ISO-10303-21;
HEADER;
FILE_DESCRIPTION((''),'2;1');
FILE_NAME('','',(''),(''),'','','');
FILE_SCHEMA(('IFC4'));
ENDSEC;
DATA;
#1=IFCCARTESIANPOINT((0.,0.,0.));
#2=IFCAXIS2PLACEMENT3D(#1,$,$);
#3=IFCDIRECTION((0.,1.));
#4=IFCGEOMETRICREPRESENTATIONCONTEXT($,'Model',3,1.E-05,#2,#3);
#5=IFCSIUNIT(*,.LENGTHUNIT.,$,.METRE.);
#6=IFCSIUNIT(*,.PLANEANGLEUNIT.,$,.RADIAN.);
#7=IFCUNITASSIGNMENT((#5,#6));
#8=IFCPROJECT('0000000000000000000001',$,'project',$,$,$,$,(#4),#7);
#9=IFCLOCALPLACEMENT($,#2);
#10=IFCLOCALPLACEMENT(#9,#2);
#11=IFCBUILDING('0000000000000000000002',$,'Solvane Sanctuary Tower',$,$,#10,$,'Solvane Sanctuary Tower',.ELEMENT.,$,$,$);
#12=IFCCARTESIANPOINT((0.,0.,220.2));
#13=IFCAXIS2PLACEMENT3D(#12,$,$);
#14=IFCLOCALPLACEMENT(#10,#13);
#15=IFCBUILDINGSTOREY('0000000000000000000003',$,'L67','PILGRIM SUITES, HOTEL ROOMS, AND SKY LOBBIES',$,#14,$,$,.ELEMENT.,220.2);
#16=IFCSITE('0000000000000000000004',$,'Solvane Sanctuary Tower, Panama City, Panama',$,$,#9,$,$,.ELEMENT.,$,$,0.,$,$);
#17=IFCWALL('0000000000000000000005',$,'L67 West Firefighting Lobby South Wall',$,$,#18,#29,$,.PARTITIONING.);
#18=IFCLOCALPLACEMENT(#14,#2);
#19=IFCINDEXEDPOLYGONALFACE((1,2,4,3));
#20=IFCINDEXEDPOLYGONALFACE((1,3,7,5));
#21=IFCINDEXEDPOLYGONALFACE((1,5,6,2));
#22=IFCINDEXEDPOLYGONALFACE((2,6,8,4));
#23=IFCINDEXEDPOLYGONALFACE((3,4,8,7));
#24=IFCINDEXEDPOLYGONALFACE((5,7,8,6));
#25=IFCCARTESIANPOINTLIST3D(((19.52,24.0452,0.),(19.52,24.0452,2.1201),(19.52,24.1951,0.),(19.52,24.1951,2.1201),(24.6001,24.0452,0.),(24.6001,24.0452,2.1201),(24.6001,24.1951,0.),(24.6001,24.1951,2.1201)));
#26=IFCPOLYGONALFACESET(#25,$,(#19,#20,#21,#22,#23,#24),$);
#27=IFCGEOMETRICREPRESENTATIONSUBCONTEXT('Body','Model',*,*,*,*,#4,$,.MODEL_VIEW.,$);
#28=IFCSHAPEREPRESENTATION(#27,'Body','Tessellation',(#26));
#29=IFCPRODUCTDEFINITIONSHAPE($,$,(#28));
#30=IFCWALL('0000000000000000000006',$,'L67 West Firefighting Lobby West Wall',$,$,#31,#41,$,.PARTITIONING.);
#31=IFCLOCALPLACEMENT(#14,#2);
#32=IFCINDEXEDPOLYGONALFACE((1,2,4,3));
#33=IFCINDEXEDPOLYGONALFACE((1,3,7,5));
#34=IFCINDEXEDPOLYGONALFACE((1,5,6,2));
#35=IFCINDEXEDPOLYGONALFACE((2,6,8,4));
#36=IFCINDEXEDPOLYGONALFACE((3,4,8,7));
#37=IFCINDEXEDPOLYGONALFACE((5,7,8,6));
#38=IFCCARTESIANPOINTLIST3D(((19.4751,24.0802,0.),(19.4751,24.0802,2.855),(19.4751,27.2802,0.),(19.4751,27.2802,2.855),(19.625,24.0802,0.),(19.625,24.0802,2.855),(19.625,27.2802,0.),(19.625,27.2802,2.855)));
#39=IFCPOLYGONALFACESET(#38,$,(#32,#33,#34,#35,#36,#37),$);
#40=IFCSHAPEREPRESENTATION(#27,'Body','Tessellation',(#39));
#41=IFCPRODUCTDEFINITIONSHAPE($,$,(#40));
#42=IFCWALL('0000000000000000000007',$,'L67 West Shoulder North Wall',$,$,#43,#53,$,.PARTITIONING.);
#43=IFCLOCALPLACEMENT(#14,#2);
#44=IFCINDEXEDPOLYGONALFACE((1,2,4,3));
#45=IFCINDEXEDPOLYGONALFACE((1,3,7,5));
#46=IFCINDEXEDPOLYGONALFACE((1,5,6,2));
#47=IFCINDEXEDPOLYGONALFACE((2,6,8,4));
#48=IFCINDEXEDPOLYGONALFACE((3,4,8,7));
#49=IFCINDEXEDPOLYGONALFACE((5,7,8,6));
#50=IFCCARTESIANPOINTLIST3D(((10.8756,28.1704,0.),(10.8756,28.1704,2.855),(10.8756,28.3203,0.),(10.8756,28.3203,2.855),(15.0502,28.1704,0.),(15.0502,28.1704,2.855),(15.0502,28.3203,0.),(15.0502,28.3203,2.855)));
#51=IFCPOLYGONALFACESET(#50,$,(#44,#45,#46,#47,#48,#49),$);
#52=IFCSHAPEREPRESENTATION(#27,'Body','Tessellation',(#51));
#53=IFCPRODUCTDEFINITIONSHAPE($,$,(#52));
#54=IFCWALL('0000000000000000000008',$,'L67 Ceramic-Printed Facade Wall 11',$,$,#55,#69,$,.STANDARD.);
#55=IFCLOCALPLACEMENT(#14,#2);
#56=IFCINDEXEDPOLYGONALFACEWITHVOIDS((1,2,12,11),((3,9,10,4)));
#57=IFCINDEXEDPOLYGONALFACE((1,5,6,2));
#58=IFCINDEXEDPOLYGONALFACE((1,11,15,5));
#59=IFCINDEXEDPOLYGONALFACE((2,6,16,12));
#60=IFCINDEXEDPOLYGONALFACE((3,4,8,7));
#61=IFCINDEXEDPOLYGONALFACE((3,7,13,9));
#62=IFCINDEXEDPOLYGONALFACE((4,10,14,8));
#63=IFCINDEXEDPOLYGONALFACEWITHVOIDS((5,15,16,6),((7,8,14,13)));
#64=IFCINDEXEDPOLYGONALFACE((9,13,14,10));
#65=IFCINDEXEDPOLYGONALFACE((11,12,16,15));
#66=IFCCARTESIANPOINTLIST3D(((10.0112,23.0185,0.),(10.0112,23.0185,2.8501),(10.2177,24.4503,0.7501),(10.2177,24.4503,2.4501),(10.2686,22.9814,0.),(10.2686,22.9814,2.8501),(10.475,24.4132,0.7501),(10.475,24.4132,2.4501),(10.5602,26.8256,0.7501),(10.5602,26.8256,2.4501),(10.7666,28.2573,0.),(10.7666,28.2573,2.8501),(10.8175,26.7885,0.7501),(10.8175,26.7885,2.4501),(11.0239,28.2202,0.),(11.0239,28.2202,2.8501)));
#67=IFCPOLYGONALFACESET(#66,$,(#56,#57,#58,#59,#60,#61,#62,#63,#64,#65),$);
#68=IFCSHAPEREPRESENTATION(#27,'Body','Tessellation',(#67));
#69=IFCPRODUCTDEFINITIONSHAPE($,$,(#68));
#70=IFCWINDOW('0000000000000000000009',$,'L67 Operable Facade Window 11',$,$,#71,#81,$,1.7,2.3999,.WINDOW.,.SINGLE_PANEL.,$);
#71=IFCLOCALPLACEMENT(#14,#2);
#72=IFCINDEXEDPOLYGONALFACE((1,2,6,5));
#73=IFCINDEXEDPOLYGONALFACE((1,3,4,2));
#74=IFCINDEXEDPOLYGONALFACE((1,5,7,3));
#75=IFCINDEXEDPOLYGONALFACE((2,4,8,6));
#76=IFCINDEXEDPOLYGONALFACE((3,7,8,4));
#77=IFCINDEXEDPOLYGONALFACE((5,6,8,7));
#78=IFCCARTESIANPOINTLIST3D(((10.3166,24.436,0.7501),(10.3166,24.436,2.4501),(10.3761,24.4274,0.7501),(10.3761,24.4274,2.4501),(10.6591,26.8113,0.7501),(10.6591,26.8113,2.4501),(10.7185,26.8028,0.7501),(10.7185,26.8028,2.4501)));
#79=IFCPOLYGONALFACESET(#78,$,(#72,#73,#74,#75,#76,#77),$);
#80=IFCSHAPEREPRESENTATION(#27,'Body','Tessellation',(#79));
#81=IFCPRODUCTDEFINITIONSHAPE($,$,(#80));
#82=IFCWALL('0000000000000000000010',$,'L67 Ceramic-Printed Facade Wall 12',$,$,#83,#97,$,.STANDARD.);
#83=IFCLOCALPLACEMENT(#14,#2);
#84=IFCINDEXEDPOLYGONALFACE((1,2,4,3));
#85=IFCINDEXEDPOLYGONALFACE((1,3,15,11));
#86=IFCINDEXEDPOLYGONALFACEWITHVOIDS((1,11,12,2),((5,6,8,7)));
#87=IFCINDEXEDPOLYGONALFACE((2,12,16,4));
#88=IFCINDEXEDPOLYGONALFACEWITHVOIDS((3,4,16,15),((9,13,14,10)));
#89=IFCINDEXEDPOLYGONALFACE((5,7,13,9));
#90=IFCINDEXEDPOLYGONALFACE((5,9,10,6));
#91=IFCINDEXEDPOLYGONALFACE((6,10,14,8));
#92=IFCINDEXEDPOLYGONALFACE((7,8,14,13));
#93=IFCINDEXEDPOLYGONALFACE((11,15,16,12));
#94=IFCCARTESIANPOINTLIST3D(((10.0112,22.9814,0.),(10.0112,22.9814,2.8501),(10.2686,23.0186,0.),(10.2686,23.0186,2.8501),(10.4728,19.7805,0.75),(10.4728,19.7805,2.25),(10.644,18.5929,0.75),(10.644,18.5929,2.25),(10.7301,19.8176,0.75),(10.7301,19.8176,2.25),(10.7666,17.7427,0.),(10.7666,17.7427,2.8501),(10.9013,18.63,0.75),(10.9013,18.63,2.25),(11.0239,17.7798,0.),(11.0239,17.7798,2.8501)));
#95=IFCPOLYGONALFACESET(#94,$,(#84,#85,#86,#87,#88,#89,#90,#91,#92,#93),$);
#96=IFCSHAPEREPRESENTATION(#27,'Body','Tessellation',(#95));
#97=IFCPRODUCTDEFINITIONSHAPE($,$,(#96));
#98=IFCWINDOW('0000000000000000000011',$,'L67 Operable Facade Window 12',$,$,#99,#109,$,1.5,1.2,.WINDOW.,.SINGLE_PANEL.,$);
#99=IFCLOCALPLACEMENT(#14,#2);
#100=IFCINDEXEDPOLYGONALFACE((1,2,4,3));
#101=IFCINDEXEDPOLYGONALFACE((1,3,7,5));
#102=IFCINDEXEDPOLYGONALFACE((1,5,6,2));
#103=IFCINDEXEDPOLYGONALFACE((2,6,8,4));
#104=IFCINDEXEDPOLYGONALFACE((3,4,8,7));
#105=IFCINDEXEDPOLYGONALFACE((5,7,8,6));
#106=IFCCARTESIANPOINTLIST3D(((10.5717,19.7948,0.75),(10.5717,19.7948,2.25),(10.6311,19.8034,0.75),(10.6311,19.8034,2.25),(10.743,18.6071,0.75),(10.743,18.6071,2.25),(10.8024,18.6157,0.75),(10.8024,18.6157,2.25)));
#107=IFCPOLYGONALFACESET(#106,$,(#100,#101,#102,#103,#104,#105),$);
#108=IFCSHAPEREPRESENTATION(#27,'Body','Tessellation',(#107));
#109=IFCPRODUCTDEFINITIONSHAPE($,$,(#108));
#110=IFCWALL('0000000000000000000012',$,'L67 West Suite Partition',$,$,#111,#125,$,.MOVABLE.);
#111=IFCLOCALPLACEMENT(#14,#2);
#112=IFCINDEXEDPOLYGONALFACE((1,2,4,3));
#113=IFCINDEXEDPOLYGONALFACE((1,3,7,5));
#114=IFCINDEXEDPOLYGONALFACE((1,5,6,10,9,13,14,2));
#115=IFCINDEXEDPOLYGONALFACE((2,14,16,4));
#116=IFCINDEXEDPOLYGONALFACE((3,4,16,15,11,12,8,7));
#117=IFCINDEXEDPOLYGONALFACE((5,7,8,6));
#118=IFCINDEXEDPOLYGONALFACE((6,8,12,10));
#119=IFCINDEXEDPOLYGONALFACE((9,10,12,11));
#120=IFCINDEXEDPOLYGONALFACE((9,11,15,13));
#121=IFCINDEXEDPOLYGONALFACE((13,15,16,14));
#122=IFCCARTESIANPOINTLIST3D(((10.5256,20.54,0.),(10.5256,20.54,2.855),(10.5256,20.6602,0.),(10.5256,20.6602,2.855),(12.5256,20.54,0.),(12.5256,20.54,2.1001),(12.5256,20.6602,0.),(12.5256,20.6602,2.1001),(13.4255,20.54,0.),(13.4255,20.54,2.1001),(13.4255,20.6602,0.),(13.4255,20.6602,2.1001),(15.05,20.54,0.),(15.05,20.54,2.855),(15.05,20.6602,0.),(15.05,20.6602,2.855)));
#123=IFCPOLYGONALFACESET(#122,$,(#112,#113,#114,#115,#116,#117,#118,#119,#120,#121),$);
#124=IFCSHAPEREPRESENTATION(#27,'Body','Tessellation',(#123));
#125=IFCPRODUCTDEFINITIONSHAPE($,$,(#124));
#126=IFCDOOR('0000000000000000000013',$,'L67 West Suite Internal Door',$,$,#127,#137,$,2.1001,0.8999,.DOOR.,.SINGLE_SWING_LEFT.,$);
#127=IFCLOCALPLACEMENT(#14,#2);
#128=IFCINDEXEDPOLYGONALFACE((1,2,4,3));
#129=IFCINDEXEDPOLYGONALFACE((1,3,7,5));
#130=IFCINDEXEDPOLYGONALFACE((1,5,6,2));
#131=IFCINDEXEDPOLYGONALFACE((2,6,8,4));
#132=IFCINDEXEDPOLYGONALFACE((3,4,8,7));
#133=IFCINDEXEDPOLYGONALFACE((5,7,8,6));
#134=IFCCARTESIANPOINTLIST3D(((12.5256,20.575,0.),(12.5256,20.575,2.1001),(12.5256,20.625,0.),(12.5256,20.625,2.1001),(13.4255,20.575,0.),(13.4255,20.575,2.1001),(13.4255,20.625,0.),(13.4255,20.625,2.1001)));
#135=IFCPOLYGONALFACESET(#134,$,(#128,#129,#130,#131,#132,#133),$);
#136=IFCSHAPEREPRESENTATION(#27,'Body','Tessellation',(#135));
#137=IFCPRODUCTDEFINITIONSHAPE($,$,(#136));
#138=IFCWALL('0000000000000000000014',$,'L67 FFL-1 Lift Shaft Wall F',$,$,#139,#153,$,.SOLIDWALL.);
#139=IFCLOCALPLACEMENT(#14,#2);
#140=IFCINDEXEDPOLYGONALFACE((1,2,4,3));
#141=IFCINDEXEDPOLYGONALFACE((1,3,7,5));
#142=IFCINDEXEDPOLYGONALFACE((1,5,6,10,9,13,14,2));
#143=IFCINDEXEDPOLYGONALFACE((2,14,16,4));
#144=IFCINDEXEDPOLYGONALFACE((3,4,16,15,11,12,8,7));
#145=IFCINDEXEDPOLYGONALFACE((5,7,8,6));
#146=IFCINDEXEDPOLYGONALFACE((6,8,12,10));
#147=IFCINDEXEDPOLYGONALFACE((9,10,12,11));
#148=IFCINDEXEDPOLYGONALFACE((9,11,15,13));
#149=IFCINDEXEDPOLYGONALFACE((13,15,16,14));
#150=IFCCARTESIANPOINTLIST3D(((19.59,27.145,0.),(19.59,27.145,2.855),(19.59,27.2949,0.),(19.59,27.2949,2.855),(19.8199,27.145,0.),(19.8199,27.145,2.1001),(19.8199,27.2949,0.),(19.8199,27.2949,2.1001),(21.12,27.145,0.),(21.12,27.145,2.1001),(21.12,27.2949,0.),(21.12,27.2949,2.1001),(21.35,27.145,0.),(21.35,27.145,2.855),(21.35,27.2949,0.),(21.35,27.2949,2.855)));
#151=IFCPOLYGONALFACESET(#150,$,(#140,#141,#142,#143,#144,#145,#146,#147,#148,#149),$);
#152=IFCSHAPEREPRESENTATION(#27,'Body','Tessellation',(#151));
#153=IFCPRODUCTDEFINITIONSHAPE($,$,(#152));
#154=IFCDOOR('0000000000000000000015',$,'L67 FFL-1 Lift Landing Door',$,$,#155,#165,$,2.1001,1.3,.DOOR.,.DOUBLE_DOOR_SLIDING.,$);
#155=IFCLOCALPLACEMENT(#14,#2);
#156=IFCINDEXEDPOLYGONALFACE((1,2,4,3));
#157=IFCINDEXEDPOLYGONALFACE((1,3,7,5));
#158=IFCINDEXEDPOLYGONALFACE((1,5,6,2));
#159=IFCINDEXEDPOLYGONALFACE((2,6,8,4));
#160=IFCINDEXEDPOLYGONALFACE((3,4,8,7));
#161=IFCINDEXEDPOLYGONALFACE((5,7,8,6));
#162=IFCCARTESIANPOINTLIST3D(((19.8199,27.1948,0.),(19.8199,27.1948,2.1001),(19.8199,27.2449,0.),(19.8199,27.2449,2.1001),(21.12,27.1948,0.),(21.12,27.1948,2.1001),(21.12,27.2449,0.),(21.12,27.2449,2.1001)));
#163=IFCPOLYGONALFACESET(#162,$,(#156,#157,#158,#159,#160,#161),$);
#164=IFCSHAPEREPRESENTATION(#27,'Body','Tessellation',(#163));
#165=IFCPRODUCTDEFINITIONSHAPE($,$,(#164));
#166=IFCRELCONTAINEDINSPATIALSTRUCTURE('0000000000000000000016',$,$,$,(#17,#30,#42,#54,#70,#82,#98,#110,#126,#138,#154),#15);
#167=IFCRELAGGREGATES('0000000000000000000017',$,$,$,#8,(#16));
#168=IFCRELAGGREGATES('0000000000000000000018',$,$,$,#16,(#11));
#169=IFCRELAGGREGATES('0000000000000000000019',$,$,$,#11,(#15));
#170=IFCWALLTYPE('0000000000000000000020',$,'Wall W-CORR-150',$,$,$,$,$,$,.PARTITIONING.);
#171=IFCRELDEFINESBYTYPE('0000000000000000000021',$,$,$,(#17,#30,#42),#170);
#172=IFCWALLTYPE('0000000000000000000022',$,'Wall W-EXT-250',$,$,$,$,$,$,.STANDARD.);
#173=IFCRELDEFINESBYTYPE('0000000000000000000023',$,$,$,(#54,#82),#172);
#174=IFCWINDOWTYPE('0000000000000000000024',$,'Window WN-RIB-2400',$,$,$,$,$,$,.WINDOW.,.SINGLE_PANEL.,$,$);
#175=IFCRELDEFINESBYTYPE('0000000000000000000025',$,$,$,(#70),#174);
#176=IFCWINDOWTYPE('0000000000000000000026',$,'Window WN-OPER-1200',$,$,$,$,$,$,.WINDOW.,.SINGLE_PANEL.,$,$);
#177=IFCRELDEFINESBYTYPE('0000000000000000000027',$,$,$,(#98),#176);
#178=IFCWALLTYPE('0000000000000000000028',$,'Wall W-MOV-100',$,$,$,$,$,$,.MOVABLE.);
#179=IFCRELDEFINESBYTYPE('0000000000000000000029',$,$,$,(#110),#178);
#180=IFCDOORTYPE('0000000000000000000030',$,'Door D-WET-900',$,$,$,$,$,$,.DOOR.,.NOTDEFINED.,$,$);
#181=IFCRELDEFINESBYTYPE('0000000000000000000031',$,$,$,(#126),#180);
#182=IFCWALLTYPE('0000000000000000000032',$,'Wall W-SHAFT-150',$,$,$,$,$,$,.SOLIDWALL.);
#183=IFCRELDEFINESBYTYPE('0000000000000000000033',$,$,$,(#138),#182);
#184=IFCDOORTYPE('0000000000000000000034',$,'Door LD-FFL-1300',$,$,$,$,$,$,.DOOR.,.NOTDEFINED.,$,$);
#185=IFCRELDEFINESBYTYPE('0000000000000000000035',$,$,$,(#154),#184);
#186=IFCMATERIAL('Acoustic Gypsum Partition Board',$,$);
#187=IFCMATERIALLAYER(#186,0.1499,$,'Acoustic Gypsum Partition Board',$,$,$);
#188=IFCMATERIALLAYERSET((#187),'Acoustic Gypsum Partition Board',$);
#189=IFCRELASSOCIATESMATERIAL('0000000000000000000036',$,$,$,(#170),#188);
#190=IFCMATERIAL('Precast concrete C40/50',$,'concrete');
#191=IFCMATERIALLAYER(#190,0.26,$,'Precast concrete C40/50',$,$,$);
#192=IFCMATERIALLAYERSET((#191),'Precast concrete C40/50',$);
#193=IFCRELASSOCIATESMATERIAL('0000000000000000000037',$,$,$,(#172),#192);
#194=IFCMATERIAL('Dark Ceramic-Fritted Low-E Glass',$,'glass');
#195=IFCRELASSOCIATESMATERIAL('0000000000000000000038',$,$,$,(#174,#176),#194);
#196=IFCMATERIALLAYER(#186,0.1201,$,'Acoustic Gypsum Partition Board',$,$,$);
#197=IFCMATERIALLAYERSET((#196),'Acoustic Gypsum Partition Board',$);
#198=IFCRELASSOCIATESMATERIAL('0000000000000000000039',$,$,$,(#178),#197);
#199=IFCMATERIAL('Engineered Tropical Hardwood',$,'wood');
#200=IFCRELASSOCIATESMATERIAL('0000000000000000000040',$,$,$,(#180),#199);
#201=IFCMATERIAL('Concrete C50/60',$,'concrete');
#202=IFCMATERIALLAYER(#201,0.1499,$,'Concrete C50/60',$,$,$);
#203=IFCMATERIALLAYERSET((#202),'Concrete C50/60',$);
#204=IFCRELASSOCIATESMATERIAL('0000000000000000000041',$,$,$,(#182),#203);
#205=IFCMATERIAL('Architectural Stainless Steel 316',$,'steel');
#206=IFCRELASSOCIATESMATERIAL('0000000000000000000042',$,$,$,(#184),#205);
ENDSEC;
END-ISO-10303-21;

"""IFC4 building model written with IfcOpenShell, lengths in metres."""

from ifc_helpers import new_model, si_unit, direction, frame, frame_2d, origin, place, context, subcontext, project, spatial, rectangle, extrude, material, layer, layer_set, type_object, element, fill, save


model = new_model("IFC4")

# Units and contexts
model_context = context("Model", 3, precision=1e-05, world=origin(), true_north=direction((0.0, 1.0)))
body_context = subcontext(model_context, "Body", "Model", "MODEL_VIEW")
ifc_project = project(units=[si_unit("LENGTHUNIT", "METRE"), si_unit("PLANEANGLEUNIT", "RADIAN")], contexts=[model_context])

# Site, building, storey
site_placement = place(None, origin())
site = spatial("IfcSite", under=ifc_project, at=site_placement, Name="Solvane Sanctuary Tower, Panama City, Panama", CompositionType="ELEMENT", RefElevation=0.0)
building_placement = place(site_placement, origin())
building = spatial("IfcBuilding", under=site, at=building_placement, Name="Solvane Sanctuary Tower", LongName="Solvane Sanctuary Tower", CompositionType="ELEMENT")
storey_placement = place(building_placement, frame((0.0, 0.0, 220.2)))
storey = spatial("IfcBuildingStorey", under=building, at=storey_placement, Name="L67", Description="PILGRIM SUITES, HOTEL ROOMS, AND SKY LOBBIES", CompositionType="ELEMENT", Elevation=220.2)

# Walls
ifc_material_1 = material(Name="Acoustic Gypsum Partition Board")
ifc_layer_1 = layer(ifc_material_1, 0.1499, Name="Acoustic Gypsum Partition Board")
ifc_layer_set_1 = layer_set([ifc_layer_1], Name="Acoustic Gypsum Partition Board")
wall_type_1 = type_object("IfcWallType", Name="Wall W-CORR-150", PredefinedType="PARTITIONING", material=ifc_layer_set_1)
wall_1_placement = place(storey_placement, frame((19.52, 24.1201, 0.0), z_axis=(0.0, 0.0, 1.0), x_axis=(1.0, 0.0, 0.0)))
element("IfcWall", 1, at=wall_1_placement, inside=storey, type_object=wall_type_1, Name="L67 West Firefighting Lobby South Wall", PredefinedType="PARTITIONING", context=body_context, shape_type="SweptSolid", body=[
    extrude(rectangle(XDim=5.0801, YDim=0.1499, at=frame_2d((2.54, 0.0))), origin(), (0.0, 0.0, 1.0), 2.1201),
])
wall_2_placement = place(storey_placement, frame((19.55, 24.0801, 0.0), z_axis=(0.0, 0.0, 1.0), x_axis=(0.0, 1.0, 0.0)))
element("IfcWall", 2, at=wall_2_placement, inside=storey, type_object=wall_type_1, Name="L67 West Firefighting Lobby West Wall", PredefinedType="PARTITIONING", context=body_context, shape_type="SweptSolid", body=[
    extrude(rectangle(XDim=3.2, YDim=0.1499, at=frame_2d((1.6001, 0.0))), origin(), (0.0, 0.0, 1.0), 2.855),
])
wall_3_placement = place(storey_placement, frame((10.8755, 28.2454, 0.0), z_axis=(0.0, 0.0, 1.0), x_axis=(1.0, 0.0, 0.0)))
element("IfcWall", 3, at=wall_3_placement, inside=storey, type_object=wall_type_1, Name="L67 West Shoulder North Wall", PredefinedType="PARTITIONING", context=body_context, shape_type="SweptSolid", body=[
    extrude(rectangle(XDim=4.1746, YDim=0.1499, at=frame_2d((2.0874, 0.0))), origin(), (0.0, 0.0, 1.0), 2.855),
])

# Walls, openings, windows
ifc_material_2 = material(Name="Precast concrete C40/50", Category="concrete")
ifc_layer_2 = layer(ifc_material_2, 0.26, Name="Precast concrete C40/50")
ifc_layer_set_2 = layer_set([ifc_layer_2], Name="Precast concrete C40/50")
wall_type_2 = type_object("IfcWallType", Name="Wall W-EXT-250", PredefinedType="STANDARD", material=ifc_layer_set_2)
wall_4_placement = place(storey_placement, frame((10.8953, 28.2388, 0.0), z_axis=(0.0, 0.0, 1.0), x_axis=(-0.142713, -0.989764, 0.0)))
wall_4 = element("IfcWall", 4, at=wall_4_placement, inside=storey, type_object=wall_type_2, Name="L67 Ceramic-Printed Facade Wall 11", PredefinedType="STANDARD", context=body_context, shape_type="SweptSolid", body=[
    extrude(rectangle(XDim=5.293, YDim=0.26, at=frame_2d((2.6465, 0.0))), origin(), (0.0, 0.0, 1.0), 2.8501),
])
opening_1_placement = place(wall_4_placement, frame((1.4465, 0.0, 0.75)))
opening_1 = element("IfcOpeningElement", 5, at=opening_1_placement, cuts=wall_4, PredefinedType="OPENING", context=body_context, shape_type="SweptSolid", body=[
    extrude(rectangle(XDim=2.3999, YDim=1.7, at=frame_2d((1.2, 0.8501))), frame((0.0, 0.1399, 0.0), z_axis=(0.0, -1.0, 0.0), x_axis=(1.0, 0.0, 0.0)), (0.0, 0.0, 1.0), 0.28),
])
ifc_material_3 = material(Name="Dark Ceramic-Fritted Low-E Glass", Category="glass")
window_type_1 = type_object("IfcWindowType", Name="Window WN-RIB-2400", PartitioningType="SINGLE_PANEL", PredefinedType="WINDOW", material=ifc_material_3)
window_1_placement = place(opening_1_placement, origin())
window_1 = element("IfcWindow", 6, at=window_1_placement, inside=storey, type_object=window_type_1, Name="L67 Operable Facade Window 11", OverallHeight=1.7, OverallWidth=2.3999, PartitioningType="SINGLE_PANEL", PredefinedType="WINDOW", context=body_context, shape_type="SweptSolid", body=[
    extrude(rectangle(XDim=2.3999, YDim=1.7, at=frame_2d((1.2, 0.8501))), frame((0.0, 0.03, 0.0), z_axis=(0.0, -1.0, 0.0), x_axis=(1.0, 0.0, 0.0)), (0.0, 0.0, 1.0), 0.0601),
])
fill(opening_1, window_1)
wall_5_placement = place(storey_placement, frame((10.1399, 23.0, 0.0), z_axis=(0.0, 0.0, 1.0), x_axis=(0.142713, -0.989764, 0.0)))
wall_5 = element("IfcWall", 7, at=wall_5_placement, inside=storey, type_object=wall_type_2, Name="L67 Ceramic-Printed Facade Wall 12", PredefinedType="STANDARD", context=body_context, shape_type="SweptSolid", body=[
    extrude(rectangle(XDim=5.293, YDim=0.26, at=frame_2d((2.6465, 0.0))), origin(), (0.0, 0.0, 1.0), 2.8501),
])
opening_2_placement = place(wall_5_placement, frame((3.2339, 0.0, 0.75)))
opening_2 = element("IfcOpeningElement", 8, at=opening_2_placement, cuts=wall_5, PredefinedType="OPENING", context=body_context, shape_type="SweptSolid", body=[
    extrude(rectangle(XDim=1.2, YDim=1.5, at=frame_2d((0.6001, 0.75))), frame((0.0, 0.1399, 0.0), z_axis=(0.0, -1.0, 0.0), x_axis=(1.0, 0.0, 0.0)), (0.0, 0.0, 1.0), 0.28),
])
window_type_2 = type_object("IfcWindowType", Name="Window WN-OPER-1200", PartitioningType="SINGLE_PANEL", PredefinedType="WINDOW", material=ifc_material_3)
window_2_placement = place(opening_2_placement, origin())
window_2 = element("IfcWindow", 9, at=window_2_placement, inside=storey, type_object=window_type_2, Name="L67 Operable Facade Window 12", OverallHeight=1.5, OverallWidth=1.2, PartitioningType="SINGLE_PANEL", PredefinedType="WINDOW", context=body_context, shape_type="SweptSolid", body=[
    extrude(rectangle(XDim=1.2, YDim=1.5, at=frame_2d((0.6001, 0.75))), frame((0.0, 0.03, 0.0), z_axis=(0.0, -1.0, 0.0), x_axis=(1.0, 0.0, 0.0)), (0.0, 0.0, 1.0), 0.0601),
])
fill(opening_2, window_2)

# Walls, openings, doors
ifc_layer_3 = layer(ifc_material_1, 0.1201, Name="Acoustic Gypsum Partition Board")
ifc_layer_set_3 = layer_set([ifc_layer_3], Name="Acoustic Gypsum Partition Board")
wall_type_3 = type_object("IfcWallType", Name="Wall W-MOV-100", PredefinedType="MOVABLE", material=ifc_layer_set_3)
wall_6_placement = place(storey_placement, frame((10.5256, 20.6001, 0.0), z_axis=(0.0, 0.0, 1.0), x_axis=(1.0, 0.0, 0.0)))
wall_6 = element("IfcWall", 10, at=wall_6_placement, inside=storey, type_object=wall_type_3, Name="L67 West Suite Partition", PredefinedType="MOVABLE", context=body_context, shape_type="SweptSolid", body=[
    extrude(rectangle(XDim=4.5244, YDim=0.1201, at=frame_2d((2.2622, 0.0))), origin(), (0.0, 0.0, 1.0), 2.855),
])
opening_3_placement = place(wall_6_placement, frame((2.0, 0.0, 0.0)))
opening_3 = element("IfcOpeningElement", 11, at=opening_3_placement, cuts=wall_6, PredefinedType="OPENING", context=body_context, shape_type="SweptSolid", body=[
    extrude(rectangle(XDim=0.8999, YDim=2.1001, at=frame_2d((0.45, 1.05))), frame((0.0, 0.0701, 0.0), z_axis=(0.0, -1.0, 0.0), x_axis=(1.0, 0.0, 0.0)), (0.0, 0.0, 1.0), 0.1401),
])
ifc_material_4 = material(Name="Engineered Tropical Hardwood", Category="wood")
door_type_1 = type_object("IfcDoorType", Name="Door D-WET-900", OperationType="NOTDEFINED", PredefinedType="DOOR", material=ifc_material_4)
door_1_placement = place(opening_3_placement, origin())
door_1 = element("IfcDoor", 12, at=door_1_placement, inside=storey, type_object=door_type_1, Name="L67 West Suite Internal Door", OperationType="SINGLE_SWING_LEFT", OverallHeight=2.1001, OverallWidth=0.8999, PredefinedType="DOOR", context=body_context, shape_type="SweptSolid", body=[
    extrude(rectangle(XDim=0.8999, YDim=2.1001, at=frame_2d((0.45, 1.05))), frame((0.0, 0.0249, 0.0), z_axis=(0.0, -1.0, 0.0), x_axis=(1.0, 0.0, 0.0)), (0.0, 0.0, 1.0), 0.05),
])
fill(opening_3, door_1)
ifc_material_5 = material(Name="Concrete C50/60", Category="concrete")
ifc_layer_4 = layer(ifc_material_5, 0.1499, Name="Concrete C50/60")
ifc_layer_set_4 = layer_set([ifc_layer_4], Name="Concrete C50/60")
wall_type_4 = type_object("IfcWallType", Name="Wall W-SHAFT-150", PredefinedType="SOLIDWALL", material=ifc_layer_set_4)
wall_7_placement = place(storey_placement, frame((19.5901, 27.22, 0.0), z_axis=(0.0, 0.0, 1.0), x_axis=(1.0, 0.0, 0.0)))
wall_7 = element("IfcWall", 13, at=wall_7_placement, inside=storey, type_object=wall_type_4, Name="L67 FFL-1 Lift Shaft Wall F", PredefinedType="SOLIDWALL", context=body_context, shape_type="SweptSolid", body=[
    extrude(rectangle(XDim=1.76, YDim=0.1499, at=frame_2d((0.8799, 0.0))), origin(), (0.0, 0.0, 1.0), 2.855),
])
opening_4_placement = place(wall_7_placement, frame((0.23, 0.0, 0.0)))
opening_4 = element("IfcOpeningElement", 14, at=opening_4_placement, cuts=wall_7, PredefinedType="OPENING", context=body_context, shape_type="SweptSolid", body=[
    extrude(rectangle(XDim=1.3, YDim=2.1001, at=frame_2d((0.6499, 1.05))), frame((0.0, 0.085, 0.0), z_axis=(0.0, -1.0, 0.0), x_axis=(1.0, 0.0, 0.0)), (0.0, 0.0, 1.0), 0.1699),
])
ifc_material_6 = material(Name="Architectural Stainless Steel 316", Category="steel")
door_type_2 = type_object("IfcDoorType", Name="Door LD-FFL-1300", OperationType="NOTDEFINED", PredefinedType="DOOR", material=ifc_material_6)
door_2_placement = place(opening_4_placement, origin())
door_2 = element("IfcDoor", 15, at=door_2_placement, inside=storey, type_object=door_type_2, Name="L67 FFL-1 Lift Landing Door", OperationType="DOUBLE_DOOR_SLIDING", OverallHeight=2.1001, OverallWidth=1.3, PredefinedType="DOOR", context=body_context, shape_type="SweptSolid", body=[
    extrude(rectangle(XDim=1.3, YDim=2.1001, at=frame_2d((0.6499, 1.05))), frame((0.0, 0.0249, 0.0), z_axis=(0.0, -1.0, 0.0), x_axis=(1.0, 0.0, 0.0)), (0.0, 0.0, 1.0), 0.05),
])
fill(opening_4, door_2)

save(model, "model.ifc")
